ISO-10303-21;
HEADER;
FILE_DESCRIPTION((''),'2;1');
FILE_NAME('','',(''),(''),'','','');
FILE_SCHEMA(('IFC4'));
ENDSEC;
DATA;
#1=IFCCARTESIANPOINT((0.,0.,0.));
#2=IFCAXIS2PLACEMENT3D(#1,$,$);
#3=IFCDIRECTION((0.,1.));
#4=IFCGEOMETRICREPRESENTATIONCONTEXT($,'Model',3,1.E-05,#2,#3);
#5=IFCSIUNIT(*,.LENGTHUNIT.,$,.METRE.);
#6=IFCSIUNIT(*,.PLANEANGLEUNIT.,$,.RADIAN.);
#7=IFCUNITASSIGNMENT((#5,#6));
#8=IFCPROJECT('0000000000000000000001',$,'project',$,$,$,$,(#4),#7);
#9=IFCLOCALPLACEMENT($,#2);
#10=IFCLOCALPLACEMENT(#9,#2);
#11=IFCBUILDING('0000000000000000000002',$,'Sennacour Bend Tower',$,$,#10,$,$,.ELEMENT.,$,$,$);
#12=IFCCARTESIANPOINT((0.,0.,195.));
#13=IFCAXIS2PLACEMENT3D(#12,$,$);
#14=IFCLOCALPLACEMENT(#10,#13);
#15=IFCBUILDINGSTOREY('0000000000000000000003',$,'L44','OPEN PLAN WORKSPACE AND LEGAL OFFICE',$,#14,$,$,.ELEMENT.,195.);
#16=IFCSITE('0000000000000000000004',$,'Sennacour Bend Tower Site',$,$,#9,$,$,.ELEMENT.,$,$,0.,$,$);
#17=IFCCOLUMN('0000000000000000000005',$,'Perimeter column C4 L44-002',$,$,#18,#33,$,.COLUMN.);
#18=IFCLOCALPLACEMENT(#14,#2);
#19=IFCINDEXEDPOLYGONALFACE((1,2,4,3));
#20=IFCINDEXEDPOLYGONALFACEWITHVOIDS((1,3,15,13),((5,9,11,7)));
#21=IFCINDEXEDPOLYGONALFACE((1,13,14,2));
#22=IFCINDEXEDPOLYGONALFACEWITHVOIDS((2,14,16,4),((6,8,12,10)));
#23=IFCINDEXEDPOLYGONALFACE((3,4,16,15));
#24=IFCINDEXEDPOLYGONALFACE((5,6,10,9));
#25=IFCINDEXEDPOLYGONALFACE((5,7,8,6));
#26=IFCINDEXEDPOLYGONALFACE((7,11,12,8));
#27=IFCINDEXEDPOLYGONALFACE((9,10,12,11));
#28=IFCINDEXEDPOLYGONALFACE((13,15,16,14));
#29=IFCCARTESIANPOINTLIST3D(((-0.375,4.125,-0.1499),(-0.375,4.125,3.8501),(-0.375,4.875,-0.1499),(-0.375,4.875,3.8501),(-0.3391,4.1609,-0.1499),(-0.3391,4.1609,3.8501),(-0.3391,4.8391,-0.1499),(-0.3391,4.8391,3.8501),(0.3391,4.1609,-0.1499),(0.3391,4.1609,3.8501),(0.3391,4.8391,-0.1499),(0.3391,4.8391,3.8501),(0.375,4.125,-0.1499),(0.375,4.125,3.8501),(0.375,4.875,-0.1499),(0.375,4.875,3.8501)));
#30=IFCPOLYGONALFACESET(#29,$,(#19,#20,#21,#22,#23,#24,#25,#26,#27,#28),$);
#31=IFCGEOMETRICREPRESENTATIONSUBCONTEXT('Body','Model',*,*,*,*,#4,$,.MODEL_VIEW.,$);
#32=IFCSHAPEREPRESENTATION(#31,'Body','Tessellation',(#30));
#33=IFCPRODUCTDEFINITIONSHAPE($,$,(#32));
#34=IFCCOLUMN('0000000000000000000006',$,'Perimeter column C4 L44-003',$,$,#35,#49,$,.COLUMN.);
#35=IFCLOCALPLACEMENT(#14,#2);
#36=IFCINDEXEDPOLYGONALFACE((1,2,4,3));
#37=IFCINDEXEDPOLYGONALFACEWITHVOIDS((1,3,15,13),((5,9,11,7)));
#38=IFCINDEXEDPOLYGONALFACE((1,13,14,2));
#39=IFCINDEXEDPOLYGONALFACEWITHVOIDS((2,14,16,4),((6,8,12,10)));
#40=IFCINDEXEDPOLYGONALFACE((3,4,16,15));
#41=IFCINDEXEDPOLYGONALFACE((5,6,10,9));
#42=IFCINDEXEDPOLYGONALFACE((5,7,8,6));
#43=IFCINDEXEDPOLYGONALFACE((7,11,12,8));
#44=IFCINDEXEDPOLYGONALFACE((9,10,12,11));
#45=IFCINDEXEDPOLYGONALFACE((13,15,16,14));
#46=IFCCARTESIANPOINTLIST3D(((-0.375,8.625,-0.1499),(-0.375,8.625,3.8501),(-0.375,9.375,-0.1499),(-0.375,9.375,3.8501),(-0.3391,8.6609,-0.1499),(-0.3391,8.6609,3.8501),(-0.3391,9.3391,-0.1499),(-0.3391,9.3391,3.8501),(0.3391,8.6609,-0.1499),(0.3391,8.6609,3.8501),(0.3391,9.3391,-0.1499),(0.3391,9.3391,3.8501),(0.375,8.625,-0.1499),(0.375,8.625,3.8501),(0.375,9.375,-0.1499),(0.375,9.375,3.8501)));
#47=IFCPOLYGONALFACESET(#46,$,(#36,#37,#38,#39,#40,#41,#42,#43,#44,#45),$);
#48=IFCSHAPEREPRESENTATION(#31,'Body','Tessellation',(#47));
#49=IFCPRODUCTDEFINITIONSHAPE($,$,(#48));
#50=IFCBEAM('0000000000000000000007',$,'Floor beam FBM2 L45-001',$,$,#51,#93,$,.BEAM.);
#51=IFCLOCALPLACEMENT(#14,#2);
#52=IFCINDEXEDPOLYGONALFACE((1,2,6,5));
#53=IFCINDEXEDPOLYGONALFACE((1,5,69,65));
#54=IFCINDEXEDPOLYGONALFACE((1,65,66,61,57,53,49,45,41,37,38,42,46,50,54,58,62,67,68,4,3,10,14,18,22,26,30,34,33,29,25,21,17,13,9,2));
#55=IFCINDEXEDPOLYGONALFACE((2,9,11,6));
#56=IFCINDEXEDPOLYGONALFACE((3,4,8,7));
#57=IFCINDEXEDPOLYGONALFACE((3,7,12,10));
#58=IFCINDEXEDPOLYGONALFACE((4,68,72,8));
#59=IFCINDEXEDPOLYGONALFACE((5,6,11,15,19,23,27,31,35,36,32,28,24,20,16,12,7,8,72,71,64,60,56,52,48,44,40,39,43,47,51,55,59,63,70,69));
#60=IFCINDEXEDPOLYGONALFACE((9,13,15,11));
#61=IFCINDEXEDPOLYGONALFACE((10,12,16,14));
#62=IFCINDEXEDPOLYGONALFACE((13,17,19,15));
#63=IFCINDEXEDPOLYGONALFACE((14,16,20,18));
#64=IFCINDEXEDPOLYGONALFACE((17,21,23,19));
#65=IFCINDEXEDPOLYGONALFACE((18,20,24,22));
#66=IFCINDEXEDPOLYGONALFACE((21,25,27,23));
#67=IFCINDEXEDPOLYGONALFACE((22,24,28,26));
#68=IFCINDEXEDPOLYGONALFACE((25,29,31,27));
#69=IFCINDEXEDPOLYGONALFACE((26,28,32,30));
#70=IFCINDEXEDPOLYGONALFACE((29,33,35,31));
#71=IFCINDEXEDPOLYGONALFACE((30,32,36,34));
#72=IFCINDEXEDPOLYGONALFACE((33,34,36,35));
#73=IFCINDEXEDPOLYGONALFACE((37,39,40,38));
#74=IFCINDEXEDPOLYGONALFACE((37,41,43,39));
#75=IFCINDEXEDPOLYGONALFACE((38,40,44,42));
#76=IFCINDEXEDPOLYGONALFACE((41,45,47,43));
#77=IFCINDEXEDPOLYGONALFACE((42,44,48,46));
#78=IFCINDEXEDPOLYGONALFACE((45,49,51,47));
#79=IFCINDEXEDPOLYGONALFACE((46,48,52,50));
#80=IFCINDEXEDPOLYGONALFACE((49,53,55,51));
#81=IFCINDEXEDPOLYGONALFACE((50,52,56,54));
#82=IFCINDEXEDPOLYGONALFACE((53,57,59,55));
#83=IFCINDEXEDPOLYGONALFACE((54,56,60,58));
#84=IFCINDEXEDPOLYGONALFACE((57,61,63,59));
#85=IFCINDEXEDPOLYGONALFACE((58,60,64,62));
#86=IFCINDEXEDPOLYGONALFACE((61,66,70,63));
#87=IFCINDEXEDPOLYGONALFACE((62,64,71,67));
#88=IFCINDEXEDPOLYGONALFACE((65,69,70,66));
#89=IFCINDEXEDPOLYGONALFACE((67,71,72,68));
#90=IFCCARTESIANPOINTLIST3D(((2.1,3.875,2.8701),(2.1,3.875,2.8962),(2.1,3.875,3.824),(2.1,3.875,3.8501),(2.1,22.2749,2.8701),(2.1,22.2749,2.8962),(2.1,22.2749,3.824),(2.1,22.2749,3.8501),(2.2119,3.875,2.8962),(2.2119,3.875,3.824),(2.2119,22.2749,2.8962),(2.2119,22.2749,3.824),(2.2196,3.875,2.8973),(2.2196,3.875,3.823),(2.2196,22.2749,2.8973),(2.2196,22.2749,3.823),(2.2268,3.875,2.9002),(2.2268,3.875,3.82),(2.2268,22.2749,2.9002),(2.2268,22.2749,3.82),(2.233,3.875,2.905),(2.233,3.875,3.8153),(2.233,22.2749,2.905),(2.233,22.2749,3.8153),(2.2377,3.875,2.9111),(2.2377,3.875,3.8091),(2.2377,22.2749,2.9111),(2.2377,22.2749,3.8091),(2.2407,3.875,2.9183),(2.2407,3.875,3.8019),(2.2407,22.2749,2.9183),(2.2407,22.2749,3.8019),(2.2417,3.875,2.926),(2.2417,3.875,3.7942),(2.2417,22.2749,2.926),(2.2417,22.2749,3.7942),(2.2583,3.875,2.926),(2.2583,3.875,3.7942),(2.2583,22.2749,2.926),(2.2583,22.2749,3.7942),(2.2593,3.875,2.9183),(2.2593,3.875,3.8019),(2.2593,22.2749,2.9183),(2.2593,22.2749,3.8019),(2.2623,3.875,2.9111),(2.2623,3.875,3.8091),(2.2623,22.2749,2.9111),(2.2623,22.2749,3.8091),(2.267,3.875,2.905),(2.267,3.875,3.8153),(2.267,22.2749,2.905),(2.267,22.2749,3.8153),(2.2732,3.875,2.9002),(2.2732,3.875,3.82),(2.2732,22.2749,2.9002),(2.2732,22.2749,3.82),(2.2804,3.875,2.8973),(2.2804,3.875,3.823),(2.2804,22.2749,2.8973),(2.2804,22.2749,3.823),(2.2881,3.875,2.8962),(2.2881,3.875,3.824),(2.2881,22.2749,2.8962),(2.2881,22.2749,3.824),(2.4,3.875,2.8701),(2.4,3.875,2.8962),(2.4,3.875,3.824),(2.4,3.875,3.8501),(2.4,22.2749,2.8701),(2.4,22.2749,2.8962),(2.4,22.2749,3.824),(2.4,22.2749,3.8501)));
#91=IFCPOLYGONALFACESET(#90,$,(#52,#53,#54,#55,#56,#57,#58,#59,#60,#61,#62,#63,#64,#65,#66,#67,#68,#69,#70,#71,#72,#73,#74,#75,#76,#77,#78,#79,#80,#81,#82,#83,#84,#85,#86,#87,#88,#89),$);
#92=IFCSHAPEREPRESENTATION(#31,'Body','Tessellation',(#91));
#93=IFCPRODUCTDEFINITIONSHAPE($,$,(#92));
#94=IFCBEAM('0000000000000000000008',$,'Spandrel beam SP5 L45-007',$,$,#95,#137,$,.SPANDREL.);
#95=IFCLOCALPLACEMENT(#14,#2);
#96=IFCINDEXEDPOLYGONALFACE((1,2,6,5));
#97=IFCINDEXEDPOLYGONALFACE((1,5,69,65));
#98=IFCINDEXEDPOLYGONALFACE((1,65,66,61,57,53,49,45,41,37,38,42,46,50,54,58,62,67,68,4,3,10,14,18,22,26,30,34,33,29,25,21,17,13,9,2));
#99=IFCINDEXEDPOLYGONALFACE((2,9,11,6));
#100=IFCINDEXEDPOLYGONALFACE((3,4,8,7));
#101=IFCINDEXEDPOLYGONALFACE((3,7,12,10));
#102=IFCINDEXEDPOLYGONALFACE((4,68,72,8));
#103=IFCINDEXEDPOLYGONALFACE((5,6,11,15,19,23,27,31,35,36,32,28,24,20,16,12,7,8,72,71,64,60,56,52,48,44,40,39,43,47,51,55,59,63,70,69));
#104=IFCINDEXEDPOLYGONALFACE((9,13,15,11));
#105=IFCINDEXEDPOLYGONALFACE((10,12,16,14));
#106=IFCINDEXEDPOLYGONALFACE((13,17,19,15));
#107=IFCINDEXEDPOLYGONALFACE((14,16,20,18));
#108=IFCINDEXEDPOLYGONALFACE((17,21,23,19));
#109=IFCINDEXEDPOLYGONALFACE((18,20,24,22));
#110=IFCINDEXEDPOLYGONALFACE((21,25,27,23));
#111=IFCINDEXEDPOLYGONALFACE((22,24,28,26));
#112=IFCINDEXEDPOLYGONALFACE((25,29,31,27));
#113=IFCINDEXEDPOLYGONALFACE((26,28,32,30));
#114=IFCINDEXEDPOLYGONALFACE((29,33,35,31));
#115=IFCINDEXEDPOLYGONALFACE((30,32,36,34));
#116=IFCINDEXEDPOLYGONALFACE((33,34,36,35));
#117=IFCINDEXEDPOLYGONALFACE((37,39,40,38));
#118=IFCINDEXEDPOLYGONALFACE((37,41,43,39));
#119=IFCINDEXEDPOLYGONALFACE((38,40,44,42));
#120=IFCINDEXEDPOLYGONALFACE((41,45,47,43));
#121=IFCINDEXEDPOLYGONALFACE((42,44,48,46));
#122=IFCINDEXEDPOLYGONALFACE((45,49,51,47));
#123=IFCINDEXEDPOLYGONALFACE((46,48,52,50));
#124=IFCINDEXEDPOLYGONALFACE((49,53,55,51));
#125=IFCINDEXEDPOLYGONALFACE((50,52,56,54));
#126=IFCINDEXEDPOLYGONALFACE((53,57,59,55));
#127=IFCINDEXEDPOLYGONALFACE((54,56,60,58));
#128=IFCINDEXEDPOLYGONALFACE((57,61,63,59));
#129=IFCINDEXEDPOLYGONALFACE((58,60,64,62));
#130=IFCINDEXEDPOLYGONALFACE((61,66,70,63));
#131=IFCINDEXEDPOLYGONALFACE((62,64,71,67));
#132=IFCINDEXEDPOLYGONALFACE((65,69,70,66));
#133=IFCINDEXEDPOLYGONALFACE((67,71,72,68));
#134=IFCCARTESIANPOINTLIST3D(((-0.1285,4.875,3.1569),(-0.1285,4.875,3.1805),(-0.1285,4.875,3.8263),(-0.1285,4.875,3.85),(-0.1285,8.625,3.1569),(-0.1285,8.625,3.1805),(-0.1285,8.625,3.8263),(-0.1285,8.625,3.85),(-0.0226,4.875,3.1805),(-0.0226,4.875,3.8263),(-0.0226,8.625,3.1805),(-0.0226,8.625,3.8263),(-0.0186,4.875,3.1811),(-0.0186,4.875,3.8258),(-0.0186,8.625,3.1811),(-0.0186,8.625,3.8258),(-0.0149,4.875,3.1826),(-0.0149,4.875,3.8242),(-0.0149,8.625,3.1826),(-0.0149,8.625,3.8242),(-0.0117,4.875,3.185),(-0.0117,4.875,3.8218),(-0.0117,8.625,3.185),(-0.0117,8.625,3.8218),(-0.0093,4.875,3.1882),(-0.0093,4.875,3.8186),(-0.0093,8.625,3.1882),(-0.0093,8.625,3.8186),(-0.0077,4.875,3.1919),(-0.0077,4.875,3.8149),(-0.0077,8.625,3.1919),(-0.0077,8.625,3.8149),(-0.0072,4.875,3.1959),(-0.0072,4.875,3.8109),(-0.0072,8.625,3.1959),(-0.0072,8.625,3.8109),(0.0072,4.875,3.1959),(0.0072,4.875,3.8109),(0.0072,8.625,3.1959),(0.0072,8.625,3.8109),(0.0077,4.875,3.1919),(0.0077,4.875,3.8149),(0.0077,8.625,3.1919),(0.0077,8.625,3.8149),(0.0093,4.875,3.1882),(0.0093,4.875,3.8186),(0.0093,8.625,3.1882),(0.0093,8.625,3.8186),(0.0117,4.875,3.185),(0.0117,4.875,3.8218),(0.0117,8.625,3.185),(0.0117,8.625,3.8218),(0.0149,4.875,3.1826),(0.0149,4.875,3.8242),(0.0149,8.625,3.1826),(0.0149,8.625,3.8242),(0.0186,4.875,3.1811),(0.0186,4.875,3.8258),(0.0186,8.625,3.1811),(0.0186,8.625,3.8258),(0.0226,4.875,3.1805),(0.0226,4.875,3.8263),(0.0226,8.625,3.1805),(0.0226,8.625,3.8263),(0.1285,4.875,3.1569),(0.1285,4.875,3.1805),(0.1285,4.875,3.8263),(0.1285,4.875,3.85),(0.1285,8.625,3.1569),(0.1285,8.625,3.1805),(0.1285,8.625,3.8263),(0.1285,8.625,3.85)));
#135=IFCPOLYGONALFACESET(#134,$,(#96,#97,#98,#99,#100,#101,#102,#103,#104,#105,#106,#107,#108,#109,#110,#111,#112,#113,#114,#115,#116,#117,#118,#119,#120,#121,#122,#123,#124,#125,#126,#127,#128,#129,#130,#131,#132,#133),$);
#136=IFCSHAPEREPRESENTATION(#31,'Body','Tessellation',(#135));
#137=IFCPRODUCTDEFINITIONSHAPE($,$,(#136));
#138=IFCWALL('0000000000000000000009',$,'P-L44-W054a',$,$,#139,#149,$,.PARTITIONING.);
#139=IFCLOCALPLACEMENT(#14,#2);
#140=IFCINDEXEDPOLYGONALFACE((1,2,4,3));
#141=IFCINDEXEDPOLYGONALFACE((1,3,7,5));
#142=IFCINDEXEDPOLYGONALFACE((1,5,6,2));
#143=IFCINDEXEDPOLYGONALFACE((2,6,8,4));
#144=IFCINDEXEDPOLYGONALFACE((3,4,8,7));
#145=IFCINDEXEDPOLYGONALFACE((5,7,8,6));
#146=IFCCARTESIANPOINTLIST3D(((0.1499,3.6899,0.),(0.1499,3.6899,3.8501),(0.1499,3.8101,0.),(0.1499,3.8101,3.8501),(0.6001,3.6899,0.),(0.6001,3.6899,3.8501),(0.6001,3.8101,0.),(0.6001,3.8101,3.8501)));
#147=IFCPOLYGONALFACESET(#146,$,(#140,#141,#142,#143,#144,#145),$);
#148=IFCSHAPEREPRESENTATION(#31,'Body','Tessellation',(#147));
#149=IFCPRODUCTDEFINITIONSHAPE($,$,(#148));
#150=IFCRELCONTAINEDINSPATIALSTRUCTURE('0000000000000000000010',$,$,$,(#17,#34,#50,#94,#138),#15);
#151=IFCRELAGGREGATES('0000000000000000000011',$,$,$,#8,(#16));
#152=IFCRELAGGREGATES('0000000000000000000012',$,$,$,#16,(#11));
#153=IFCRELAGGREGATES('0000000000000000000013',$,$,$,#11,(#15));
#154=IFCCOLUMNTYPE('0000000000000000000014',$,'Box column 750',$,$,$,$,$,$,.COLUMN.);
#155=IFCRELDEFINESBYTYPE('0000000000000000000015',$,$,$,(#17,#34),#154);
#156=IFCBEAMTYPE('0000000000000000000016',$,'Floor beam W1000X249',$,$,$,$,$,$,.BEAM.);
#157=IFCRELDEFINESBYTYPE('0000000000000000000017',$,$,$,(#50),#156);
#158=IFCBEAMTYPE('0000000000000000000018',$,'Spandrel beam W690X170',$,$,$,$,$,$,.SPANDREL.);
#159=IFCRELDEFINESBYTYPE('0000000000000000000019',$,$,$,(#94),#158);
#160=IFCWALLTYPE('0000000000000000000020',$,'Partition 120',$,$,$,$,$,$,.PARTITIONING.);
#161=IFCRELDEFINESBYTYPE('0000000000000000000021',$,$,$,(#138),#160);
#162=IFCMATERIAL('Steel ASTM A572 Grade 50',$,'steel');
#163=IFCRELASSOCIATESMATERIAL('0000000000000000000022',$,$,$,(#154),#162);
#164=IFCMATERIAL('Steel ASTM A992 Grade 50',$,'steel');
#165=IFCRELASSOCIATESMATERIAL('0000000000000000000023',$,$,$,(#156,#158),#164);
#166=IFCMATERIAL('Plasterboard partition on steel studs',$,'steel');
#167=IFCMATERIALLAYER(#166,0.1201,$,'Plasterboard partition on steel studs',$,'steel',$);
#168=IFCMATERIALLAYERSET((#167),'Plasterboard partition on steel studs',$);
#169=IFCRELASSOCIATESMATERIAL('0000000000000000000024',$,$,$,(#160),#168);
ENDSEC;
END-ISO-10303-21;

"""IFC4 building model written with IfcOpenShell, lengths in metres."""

from ifc_helpers import new_model, si_unit, direction, frame, frame_2d, origin, origin_2d, place, context, subcontext, project, spatial, rectangle, hollow_rectangle, i_section, extrude, material, layer, layer_set, material_profile, profile_set, type_object, element, save


model = new_model("IFC4")

# Units and contexts
model_context = context("Model", 3, precision=1e-05, world=origin(), true_north=direction((0.0, 1.0)))
body_context = subcontext(model_context, "Body", "Model", "MODEL_VIEW")
ifc_project = project(units=[si_unit("LENGTHUNIT", "METRE"), si_unit("PLANEANGLEUNIT", "RADIAN")], contexts=[model_context])

# Site, building, storey
site_placement = place(None, origin())
site = spatial("IfcSite", under=ifc_project, at=site_placement, Name="Sennacour Bend Tower Site", CompositionType="ELEMENT", RefElevation=0.0)
building_placement = place(site_placement, origin())
building = spatial("IfcBuilding", under=site, at=building_placement, Name="Sennacour Bend Tower", CompositionType="ELEMENT")
storey_placement = place(building_placement, frame((0.0, 0.0, 195.0)))
storey = spatial("IfcBuildingStorey", under=building, at=storey_placement, Name="L44", Description="OPEN PLAN WORKSPACE AND LEGAL OFFICE", CompositionType="ELEMENT", Elevation=195.0)

# Columns
ifc_material_1 = material(Name="Steel ASTM A572 Grade 50", Category="steel")
ifc_material_profile_1 = material_profile(ifc_material_1, hollow_rectangle(XDim=0.75, YDim=0.75, WallThickness=0.0359, at=origin_2d()), Name="Steel ASTM A572 Grade 50", Category="steel")
ifc_profile_set_1 = profile_set([ifc_material_profile_1], Name="Steel ASTM A572 Grade 50")
column_type = type_object("IfcColumnType", Name="Box column 750", PredefinedType="COLUMN", material=ifc_profile_set_1)
for number, where, z_axis, x_axis, name in (
    (1, (0.0, 4.5, -0.1499), (0.0, 0.0, 1.0), (1.0, 0.0, 0.0), "Perimeter column C4 L44-002"),
    (2, (0.0, 9.0, -0.1499), (0.0, 0.0, 1.0), (1.0, 0.0, 0.0), "Perimeter column C4 L44-003"),
):
    element("IfcColumn", number, at=place(storey_placement, frame(where, z_axis=z_axis, x_axis=x_axis)), inside=storey, type_object=column_type, Name=name, PredefinedType="COLUMN", context=body_context, shape_type="SweptSolid", body=[
        extrude(hollow_rectangle(XDim=0.75, YDim=0.75, WallThickness=0.0359, at=origin_2d()), origin(), (0.0, 0.0, 1.0), 4.0),
    ])

# Beams
ifc_material_2 = material(Name="Steel ASTM A992 Grade 50", Category="steel")
ifc_material_profile_2 = material_profile(ifc_material_2, i_section(OverallWidth=0.3, OverallDepth=0.98, WebThickness=0.0166, FlangeThickness=0.0261, FilletRadius=0.0298, at=origin_2d()), Name="Steel ASTM A992 Grade 50", Category="steel")
ifc_profile_set_2 = profile_set([ifc_material_profile_2], Name="Steel ASTM A992 Grade 50")
beam_type_1 = type_object("IfcBeamType", Name="Floor beam W1000X249", PredefinedType="BEAM", material=ifc_profile_set_2)
beam_1_placement = place(storey_placement, frame((2.25, 3.875, 3.3601), z_axis=(0.0, 1.0, 0.0), x_axis=(-1.0, 0.0, 0.0)))
element("IfcBeam", 3, at=beam_1_placement, inside=storey, type_object=beam_type_1, Name="Floor beam FBM2 L45-001", PredefinedType="BEAM", context=body_context, shape_type="SweptSolid", body=[
    extrude(i_section(OverallWidth=0.3, OverallDepth=0.98, WebThickness=0.0166, FlangeThickness=0.0261, FilletRadius=0.0298, at=origin_2d()), origin(), (0.0, 0.0, 1.0), 18.3999),
])
ifc_material_profile_3 = material_profile(ifc_material_2, i_section(OverallWidth=0.2571, OverallDepth=0.6931, WebThickness=0.0144, FlangeThickness=0.0237, FilletRadius=0.0154, at=origin_2d()), Name="Steel ASTM A992 Grade 50", Category="steel")
ifc_profile_set_3 = profile_set([ifc_material_profile_3], Name="Steel ASTM A992 Grade 50")
beam_type_2 = type_object("IfcBeamType", Name="Spandrel beam W690X170", PredefinedType="SPANDREL", material=ifc_profile_set_3)
beam_2_placement = place(storey_placement, frame((0.0, 4.875, 3.5034), z_axis=(0.0, 1.0, 0.0), x_axis=(-1.0, 0.0, 0.0)))
element("IfcBeam", 4, at=beam_2_placement, inside=storey, type_object=beam_type_2, Name="Spandrel beam SP5 L45-007", PredefinedType="SPANDREL", context=body_context, shape_type="SweptSolid", body=[
    extrude(i_section(OverallWidth=0.2571, OverallDepth=0.6931, WebThickness=0.0144, FlangeThickness=0.0237, FilletRadius=0.0154, at=origin_2d()), origin(), (0.0, 0.0, 1.0), 3.75),
])

# Wall
ifc_material_3 = material(Name="Plasterboard partition on steel studs", Category="steel")
ifc_layer_1 = layer(ifc_material_3, 0.1201, Name="Plasterboard partition on steel studs", Category="steel")
ifc_layer_set_1 = layer_set([ifc_layer_1], Name="Plasterboard partition on steel studs")
wall_type_1 = type_object("IfcWallType", Name="Partition 120", PredefinedType="PARTITIONING", material=ifc_layer_set_1)
wall_1_placement = place(storey_placement, frame((0.1499, 3.75, 0.0), z_axis=(0.0, 0.0, 1.0), x_axis=(1.0, 0.0, 0.0)))
element("IfcWall", 5, at=wall_1_placement, inside=storey, type_object=wall_type_1, Name="P-L44-W054a", PredefinedType="PARTITIONING", context=body_context, shape_type="SweptSolid", body=[
    extrude(rectangle(XDim=0.4502, YDim=0.1201, at=frame_2d((0.2251, 0.0))), origin(), (0.0, 0.0, 1.0), 3.8501),
])

save(model, "model.ifc")
